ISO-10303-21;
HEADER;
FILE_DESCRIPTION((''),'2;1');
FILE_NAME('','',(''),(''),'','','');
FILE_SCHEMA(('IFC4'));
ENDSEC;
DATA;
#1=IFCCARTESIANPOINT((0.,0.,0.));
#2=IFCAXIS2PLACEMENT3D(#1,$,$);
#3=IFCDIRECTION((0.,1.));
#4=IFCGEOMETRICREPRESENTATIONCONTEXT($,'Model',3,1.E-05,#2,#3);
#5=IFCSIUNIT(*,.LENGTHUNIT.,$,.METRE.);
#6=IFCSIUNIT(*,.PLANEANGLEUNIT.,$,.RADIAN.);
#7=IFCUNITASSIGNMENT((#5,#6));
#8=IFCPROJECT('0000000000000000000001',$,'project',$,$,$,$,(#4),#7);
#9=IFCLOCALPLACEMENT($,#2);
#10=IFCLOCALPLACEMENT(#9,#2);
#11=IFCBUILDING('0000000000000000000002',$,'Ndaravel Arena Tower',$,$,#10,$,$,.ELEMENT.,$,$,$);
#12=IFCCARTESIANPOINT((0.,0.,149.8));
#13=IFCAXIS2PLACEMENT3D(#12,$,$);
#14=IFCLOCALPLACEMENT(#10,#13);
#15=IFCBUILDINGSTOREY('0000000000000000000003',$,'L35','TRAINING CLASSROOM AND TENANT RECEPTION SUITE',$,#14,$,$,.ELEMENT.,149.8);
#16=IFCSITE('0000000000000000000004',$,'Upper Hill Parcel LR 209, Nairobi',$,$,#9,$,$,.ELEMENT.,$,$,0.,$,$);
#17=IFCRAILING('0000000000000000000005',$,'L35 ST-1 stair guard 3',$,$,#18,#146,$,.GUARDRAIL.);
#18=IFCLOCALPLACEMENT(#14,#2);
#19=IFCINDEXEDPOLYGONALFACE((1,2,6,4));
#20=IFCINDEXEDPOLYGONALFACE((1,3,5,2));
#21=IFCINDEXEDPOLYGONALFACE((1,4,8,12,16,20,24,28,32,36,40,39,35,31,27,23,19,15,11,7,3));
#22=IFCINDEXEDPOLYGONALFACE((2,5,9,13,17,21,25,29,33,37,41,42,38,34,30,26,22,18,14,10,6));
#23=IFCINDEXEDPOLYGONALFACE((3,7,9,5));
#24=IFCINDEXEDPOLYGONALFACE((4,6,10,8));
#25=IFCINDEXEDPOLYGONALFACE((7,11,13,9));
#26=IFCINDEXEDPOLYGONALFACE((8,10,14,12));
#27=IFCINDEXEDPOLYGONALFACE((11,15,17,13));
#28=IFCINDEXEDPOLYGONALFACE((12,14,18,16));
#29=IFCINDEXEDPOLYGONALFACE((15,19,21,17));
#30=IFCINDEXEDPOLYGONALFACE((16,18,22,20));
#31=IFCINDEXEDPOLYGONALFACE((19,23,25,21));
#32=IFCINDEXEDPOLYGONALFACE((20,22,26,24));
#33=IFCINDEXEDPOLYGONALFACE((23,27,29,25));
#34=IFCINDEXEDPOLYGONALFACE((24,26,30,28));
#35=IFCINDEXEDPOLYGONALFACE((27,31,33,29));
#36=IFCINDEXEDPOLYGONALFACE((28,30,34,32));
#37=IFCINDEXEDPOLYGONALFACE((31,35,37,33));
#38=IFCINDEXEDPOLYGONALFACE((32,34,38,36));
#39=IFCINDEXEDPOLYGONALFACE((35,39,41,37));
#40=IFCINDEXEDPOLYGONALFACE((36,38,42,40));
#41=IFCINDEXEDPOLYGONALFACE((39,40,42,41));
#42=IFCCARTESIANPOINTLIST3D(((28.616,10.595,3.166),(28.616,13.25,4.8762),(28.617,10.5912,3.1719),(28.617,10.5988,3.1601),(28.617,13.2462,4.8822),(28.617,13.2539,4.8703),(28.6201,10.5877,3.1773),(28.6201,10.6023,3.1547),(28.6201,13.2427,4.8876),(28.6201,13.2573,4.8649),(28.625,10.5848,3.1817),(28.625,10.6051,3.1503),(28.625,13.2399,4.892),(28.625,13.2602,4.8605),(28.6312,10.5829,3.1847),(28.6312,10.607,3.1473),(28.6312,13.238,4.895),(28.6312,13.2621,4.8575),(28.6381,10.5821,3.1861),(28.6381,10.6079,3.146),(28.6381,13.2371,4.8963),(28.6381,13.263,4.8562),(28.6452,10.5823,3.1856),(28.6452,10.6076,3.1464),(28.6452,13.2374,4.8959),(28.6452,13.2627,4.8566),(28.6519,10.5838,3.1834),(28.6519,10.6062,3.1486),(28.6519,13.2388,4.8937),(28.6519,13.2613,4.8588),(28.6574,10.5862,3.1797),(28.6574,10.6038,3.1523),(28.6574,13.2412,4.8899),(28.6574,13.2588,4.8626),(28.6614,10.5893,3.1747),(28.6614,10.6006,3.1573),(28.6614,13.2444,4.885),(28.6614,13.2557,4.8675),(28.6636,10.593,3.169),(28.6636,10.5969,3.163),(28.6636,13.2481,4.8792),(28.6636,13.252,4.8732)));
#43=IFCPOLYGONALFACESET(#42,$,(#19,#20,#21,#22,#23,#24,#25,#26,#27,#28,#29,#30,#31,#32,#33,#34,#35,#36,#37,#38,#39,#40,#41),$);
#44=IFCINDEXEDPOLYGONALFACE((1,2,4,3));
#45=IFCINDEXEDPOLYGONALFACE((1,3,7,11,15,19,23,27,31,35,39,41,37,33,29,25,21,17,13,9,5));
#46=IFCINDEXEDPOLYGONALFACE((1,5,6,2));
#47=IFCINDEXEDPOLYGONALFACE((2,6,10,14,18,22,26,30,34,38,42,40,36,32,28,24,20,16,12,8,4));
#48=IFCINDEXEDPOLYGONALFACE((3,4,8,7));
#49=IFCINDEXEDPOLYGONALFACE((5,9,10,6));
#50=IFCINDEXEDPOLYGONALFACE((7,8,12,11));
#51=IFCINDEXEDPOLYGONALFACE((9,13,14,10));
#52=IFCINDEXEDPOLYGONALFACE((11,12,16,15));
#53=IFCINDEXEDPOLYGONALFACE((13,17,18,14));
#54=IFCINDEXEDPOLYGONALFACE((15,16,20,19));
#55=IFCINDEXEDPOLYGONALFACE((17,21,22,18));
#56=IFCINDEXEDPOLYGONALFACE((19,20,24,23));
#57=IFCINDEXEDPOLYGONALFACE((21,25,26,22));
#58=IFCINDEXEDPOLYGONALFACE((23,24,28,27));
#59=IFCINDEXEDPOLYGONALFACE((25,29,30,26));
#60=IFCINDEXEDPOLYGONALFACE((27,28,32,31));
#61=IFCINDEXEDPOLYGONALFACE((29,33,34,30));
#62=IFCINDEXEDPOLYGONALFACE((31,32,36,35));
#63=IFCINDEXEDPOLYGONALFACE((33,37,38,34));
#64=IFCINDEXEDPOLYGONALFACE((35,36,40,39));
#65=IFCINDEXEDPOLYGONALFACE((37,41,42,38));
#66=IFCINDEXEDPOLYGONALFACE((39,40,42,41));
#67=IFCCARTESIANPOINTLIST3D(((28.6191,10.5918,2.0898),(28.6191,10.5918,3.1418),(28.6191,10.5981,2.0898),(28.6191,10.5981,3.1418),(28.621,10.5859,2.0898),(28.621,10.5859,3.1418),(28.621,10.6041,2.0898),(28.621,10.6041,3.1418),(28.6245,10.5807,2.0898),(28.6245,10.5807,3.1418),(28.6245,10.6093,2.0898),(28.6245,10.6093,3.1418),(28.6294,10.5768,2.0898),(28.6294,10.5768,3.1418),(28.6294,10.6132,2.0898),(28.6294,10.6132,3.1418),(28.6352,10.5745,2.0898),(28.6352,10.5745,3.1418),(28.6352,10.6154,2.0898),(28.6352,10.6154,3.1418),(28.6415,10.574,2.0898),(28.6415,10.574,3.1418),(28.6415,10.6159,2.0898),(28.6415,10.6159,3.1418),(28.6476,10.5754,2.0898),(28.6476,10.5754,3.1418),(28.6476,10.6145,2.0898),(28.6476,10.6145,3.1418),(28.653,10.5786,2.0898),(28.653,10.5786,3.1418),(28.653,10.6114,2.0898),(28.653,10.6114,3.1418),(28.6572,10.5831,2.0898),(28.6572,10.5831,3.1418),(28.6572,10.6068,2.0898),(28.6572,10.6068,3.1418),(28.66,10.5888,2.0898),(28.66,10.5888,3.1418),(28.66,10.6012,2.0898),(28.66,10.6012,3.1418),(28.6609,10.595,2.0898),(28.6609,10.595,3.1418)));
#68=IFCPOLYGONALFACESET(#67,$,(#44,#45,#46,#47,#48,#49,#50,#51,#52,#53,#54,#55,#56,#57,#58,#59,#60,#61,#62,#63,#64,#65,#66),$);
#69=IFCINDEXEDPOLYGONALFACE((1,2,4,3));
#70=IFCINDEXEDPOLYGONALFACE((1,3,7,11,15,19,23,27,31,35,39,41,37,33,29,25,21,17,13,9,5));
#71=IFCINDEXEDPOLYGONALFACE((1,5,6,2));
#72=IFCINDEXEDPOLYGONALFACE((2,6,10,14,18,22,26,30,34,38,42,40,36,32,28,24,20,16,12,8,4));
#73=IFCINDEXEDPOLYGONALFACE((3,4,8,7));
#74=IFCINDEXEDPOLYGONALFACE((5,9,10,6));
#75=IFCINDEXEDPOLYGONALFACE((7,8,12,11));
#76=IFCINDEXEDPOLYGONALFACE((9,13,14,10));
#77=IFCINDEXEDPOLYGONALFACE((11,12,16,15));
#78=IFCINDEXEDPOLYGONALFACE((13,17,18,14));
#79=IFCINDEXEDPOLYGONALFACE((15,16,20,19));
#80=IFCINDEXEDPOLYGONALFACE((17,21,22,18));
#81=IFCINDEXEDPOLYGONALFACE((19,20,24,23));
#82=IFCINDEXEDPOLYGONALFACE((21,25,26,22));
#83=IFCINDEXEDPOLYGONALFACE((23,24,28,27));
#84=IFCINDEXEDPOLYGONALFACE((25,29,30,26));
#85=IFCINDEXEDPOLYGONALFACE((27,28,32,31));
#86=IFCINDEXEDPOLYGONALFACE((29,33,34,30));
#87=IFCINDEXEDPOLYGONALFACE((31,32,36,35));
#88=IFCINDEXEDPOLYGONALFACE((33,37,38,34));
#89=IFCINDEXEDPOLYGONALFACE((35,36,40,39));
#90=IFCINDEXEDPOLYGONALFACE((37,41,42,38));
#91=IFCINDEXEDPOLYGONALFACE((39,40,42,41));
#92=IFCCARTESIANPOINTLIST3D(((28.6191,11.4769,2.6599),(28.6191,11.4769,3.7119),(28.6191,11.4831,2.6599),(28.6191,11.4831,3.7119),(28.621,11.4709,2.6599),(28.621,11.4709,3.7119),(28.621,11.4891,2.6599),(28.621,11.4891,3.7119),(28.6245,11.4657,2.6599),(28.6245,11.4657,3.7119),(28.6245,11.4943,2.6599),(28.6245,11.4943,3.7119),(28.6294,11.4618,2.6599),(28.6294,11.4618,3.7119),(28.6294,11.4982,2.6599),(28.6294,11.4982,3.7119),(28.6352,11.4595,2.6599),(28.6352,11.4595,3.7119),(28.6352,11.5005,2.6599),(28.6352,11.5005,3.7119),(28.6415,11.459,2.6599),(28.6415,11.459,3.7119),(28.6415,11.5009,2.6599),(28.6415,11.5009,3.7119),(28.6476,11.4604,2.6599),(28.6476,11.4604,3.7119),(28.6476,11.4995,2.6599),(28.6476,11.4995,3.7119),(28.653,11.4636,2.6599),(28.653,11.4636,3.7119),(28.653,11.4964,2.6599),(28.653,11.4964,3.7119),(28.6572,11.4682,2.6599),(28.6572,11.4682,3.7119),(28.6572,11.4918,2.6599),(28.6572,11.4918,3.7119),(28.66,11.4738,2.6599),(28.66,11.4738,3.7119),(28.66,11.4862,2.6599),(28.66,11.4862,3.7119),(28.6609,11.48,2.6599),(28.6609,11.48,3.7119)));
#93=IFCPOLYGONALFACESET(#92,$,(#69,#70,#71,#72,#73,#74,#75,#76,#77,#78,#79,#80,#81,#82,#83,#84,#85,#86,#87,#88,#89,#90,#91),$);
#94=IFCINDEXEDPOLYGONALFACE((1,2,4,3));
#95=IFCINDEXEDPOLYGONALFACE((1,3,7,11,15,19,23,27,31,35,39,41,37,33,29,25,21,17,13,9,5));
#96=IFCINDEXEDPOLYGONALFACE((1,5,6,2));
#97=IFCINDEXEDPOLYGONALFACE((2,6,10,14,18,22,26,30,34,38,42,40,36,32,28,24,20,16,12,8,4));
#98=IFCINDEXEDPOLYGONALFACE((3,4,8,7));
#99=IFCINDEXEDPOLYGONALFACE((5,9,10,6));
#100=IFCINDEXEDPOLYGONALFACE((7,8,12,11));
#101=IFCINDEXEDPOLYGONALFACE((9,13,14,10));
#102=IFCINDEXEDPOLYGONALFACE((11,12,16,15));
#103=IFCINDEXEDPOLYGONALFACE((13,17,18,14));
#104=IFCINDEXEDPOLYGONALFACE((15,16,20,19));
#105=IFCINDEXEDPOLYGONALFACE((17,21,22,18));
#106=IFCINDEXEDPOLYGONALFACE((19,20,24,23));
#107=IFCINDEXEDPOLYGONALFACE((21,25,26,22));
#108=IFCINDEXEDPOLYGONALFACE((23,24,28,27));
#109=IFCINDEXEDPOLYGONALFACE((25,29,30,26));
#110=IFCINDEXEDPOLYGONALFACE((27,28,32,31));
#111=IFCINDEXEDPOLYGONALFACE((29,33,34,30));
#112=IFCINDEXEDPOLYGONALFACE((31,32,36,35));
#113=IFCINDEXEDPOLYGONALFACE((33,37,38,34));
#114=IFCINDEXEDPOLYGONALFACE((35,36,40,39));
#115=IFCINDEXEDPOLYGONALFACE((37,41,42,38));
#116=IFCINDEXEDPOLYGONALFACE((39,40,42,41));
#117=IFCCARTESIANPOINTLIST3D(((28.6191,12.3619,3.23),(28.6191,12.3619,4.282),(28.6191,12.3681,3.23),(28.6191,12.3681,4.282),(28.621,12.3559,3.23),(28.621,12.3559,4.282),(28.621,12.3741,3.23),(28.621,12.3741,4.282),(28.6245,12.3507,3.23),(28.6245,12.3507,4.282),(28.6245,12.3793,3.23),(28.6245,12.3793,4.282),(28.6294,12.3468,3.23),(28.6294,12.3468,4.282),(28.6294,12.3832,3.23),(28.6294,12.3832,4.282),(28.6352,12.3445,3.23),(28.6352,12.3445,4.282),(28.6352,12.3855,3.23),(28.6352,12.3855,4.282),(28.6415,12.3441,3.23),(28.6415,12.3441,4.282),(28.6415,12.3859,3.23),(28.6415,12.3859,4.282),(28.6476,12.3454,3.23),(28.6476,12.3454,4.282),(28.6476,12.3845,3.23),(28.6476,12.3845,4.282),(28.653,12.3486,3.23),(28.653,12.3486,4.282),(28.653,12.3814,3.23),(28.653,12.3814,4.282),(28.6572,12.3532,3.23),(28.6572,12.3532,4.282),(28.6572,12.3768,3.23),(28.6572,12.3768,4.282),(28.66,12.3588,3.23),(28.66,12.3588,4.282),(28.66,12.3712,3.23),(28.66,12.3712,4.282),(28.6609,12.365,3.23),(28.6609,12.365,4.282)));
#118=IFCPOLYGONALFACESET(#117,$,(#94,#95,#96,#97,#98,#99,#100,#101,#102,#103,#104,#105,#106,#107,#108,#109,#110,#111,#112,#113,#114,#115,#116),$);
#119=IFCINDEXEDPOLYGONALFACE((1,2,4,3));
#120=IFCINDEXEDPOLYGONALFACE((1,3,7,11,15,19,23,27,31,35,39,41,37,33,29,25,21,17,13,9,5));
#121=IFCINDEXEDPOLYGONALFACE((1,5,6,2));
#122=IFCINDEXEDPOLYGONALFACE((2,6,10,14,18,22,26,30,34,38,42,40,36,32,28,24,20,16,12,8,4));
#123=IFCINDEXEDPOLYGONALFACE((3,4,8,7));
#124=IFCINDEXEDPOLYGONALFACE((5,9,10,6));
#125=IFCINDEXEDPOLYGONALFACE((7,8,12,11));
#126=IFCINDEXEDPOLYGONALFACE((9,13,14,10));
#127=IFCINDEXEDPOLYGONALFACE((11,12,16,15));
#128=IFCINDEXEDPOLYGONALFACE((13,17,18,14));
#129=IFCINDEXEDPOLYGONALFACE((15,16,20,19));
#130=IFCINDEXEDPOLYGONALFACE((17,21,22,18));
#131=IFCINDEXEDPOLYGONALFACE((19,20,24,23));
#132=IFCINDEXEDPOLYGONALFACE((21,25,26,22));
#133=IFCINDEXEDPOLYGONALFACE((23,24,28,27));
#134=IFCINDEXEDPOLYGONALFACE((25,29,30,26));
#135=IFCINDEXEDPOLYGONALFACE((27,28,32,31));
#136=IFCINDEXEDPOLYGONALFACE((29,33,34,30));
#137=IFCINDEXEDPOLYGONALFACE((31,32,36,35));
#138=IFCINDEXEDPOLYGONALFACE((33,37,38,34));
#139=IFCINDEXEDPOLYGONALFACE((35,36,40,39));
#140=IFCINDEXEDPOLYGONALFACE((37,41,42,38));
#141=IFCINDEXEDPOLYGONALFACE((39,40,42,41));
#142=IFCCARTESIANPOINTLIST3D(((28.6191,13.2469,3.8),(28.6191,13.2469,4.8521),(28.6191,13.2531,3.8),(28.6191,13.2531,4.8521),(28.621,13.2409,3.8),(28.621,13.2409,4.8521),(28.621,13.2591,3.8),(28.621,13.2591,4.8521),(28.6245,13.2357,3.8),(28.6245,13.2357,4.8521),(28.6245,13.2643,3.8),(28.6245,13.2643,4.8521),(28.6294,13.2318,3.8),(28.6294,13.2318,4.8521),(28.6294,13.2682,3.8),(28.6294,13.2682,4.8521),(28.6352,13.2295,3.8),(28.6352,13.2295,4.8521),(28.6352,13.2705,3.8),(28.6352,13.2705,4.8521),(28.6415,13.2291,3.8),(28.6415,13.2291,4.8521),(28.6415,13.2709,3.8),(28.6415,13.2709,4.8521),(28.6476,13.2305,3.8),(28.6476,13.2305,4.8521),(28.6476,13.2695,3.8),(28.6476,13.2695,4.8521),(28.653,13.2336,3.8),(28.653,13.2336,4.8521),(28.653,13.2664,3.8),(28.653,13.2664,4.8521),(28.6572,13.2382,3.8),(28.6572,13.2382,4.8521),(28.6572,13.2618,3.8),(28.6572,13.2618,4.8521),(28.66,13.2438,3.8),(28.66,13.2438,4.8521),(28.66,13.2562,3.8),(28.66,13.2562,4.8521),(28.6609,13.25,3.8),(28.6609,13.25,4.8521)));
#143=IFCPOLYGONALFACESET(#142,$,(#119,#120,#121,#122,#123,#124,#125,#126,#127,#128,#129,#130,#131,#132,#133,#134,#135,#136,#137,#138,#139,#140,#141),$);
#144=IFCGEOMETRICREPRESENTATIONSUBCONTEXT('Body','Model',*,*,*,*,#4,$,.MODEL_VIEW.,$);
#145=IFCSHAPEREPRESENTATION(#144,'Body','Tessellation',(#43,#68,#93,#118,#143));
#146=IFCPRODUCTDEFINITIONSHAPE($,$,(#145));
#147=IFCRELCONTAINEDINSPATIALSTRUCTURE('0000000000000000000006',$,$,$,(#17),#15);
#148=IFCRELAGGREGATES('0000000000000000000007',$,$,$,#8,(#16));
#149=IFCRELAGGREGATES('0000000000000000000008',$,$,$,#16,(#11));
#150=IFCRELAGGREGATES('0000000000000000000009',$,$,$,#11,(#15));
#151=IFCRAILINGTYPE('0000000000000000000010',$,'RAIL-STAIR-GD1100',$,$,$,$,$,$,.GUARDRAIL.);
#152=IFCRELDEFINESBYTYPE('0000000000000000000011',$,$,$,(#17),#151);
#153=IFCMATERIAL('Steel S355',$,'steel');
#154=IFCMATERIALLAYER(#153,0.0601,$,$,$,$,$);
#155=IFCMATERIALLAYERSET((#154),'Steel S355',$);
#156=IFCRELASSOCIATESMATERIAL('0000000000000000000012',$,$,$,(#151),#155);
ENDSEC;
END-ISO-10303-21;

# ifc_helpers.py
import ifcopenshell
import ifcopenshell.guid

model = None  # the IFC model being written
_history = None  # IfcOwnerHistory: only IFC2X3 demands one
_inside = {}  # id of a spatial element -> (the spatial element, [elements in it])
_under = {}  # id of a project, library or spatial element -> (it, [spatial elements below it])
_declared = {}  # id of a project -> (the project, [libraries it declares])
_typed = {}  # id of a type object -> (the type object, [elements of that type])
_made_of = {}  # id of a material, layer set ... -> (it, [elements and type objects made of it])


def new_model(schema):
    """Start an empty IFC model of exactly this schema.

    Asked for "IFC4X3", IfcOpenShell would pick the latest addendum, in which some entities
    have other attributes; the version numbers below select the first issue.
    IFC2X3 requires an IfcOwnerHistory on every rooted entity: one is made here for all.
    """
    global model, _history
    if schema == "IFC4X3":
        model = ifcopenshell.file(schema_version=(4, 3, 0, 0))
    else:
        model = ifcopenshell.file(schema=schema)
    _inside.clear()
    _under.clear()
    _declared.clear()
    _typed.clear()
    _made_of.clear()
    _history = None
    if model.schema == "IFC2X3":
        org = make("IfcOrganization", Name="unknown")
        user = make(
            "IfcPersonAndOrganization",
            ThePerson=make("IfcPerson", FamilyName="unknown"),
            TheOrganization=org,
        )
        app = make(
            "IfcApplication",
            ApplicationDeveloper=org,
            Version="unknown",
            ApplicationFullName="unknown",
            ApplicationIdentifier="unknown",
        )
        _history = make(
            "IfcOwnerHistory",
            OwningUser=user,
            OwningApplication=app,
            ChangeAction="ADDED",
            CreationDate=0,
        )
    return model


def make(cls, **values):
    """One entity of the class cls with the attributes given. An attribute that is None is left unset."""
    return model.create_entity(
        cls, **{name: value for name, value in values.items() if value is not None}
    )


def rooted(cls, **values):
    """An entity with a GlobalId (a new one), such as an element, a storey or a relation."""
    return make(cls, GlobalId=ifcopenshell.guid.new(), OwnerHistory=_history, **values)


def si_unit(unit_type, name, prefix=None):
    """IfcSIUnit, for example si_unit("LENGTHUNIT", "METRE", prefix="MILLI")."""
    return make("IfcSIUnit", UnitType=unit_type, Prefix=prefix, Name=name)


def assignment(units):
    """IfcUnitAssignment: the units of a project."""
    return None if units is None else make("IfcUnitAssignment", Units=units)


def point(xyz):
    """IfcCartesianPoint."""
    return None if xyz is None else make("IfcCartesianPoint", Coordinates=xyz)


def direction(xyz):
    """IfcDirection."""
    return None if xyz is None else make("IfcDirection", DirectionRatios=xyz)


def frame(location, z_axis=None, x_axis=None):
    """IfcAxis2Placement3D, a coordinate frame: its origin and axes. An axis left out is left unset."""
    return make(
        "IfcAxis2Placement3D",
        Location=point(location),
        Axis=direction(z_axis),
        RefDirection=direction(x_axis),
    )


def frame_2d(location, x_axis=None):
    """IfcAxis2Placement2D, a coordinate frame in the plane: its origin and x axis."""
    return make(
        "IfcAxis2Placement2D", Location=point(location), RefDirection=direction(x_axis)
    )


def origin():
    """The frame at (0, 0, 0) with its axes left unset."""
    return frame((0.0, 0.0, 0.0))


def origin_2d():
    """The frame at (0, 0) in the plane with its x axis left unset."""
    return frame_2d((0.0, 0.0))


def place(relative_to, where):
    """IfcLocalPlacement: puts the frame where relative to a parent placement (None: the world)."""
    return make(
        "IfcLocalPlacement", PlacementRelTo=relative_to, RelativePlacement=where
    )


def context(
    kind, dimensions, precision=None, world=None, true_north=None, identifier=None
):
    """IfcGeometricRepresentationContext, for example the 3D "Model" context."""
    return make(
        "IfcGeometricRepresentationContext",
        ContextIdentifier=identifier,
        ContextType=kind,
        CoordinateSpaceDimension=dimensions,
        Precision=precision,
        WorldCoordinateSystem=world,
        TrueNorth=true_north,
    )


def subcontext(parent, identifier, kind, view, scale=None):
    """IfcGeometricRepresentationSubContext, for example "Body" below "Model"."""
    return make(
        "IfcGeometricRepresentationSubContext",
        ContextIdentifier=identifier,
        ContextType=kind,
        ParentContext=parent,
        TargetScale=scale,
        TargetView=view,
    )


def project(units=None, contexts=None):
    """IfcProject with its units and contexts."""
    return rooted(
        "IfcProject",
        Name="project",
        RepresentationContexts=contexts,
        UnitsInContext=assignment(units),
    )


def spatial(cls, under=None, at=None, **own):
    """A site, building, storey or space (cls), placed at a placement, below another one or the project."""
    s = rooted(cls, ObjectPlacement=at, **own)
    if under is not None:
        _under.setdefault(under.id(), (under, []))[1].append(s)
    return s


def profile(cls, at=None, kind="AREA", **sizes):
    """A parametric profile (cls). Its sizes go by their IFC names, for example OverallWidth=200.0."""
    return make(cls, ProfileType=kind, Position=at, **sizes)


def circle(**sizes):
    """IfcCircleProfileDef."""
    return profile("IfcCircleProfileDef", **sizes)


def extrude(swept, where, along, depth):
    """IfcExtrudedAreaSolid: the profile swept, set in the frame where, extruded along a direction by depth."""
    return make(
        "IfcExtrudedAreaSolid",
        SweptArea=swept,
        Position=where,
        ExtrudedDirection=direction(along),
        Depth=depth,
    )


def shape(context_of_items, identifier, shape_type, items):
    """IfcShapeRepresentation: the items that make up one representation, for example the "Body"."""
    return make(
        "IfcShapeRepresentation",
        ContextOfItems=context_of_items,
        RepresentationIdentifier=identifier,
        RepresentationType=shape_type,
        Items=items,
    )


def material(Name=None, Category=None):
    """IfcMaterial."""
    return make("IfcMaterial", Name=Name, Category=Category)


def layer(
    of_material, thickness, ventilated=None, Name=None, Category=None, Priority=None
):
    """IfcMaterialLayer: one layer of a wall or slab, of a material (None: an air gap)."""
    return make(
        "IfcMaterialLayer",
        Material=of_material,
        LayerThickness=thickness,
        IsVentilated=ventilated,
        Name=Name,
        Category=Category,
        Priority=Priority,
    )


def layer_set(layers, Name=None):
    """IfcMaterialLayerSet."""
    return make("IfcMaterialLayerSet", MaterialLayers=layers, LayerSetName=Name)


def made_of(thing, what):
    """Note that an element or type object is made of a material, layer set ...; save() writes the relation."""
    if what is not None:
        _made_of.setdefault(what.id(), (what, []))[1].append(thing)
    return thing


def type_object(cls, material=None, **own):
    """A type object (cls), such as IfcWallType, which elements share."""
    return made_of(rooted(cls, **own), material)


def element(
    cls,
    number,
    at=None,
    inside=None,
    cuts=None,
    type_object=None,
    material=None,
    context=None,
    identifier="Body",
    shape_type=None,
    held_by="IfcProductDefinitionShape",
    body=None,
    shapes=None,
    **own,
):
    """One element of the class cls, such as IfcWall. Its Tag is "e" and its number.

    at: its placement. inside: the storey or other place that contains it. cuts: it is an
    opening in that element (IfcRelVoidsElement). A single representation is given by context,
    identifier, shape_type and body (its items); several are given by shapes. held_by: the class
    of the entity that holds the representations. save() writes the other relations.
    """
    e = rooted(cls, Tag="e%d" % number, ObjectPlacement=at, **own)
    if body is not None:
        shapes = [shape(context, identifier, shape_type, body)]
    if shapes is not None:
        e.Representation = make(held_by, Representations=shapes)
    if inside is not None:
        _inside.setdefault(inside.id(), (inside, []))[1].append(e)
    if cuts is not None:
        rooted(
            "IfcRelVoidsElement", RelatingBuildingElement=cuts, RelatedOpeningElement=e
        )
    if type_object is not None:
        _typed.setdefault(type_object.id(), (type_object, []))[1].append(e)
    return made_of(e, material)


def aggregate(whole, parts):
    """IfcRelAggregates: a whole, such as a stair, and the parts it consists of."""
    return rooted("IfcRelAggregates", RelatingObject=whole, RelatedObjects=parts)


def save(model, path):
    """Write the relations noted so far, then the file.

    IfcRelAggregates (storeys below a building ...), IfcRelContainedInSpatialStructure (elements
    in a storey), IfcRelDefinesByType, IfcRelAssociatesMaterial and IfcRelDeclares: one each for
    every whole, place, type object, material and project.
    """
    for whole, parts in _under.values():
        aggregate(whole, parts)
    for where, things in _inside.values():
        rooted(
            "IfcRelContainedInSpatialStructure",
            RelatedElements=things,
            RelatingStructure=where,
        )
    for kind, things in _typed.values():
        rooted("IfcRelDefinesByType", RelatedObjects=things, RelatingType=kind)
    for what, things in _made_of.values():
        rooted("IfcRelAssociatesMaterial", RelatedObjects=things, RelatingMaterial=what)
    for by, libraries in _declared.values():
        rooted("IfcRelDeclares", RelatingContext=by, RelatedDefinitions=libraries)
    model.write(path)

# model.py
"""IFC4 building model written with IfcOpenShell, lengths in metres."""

from ifc_helpers import new_model, si_unit, direction, frame, origin, origin_2d, place, context, subcontext, project, spatial, circle, extrude, material, layer, layer_set, type_object, element, save


model = new_model("IFC4")

# Units and contexts
model_context = context("Model", 3, precision=1e-05, world=origin(), true_north=direction((0.0, 1.0)))
body_context = subcontext(model_context, "Body", "Model", "MODEL_VIEW")
ifc_project = project(units=[si_unit("LENGTHUNIT", "METRE"), si_unit("PLANEANGLEUNIT", "RADIAN")], contexts=[model_context])

# Site, building, storey
site_placement = place(None, origin())
site = spatial("IfcSite", under=ifc_project, at=site_placement, Name="Upper Hill Parcel LR 209, Nairobi", CompositionType="ELEMENT", RefElevation=0.0)
building_placement = place(site_placement, origin())
building = spatial("IfcBuilding", under=site, at=building_placement, Name="Ndaravel Arena Tower", CompositionType="ELEMENT")
storey_placement = place(building_placement, frame((0.0, 0.0, 149.8)))
storey = spatial("IfcBuildingStorey", under=building, at=storey_placement, Name="L35", Description="TRAINING CLASSROOM AND TENANT RECEPTION SUITE", CompositionType="ELEMENT", Elevation=149.8)

# Railing
ifc_material_1 = material(Name="Steel S355", Category="steel")
ifc_layer_1 = layer(ifc_material_1, 0.0601)
ifc_layer_set_1 = layer_set([ifc_layer_1], Name="Steel S355")
railing_type_1 = type_object("IfcRailingType", Name="RAIL-STAIR-GD1100", PredefinedType="GUARDRAIL", material=ifc_layer_set_1)
railing_1_placement = place(storey_placement, frame((28.6399, 10.595, 2.0898)))
element("IfcRailing", 1, at=railing_1_placement, inside=storey, type_object=railing_type_1, Name="L35 ST-1 stair guard 3", PredefinedType="GUARDRAIL", context=body_context, shape_type="SweptSolid", body=[
    extrude(circle(Radius=0.0239, at=origin_2d()), frame((0.0, 0.0, 1.0762), z_axis=(0.0, 0.840688, 0.541519), x_axis=(-1.0, 0.0, 0.0)), (0.0, 0.0, 1.0), 3.1582),
    extrude(circle(Radius=0.021, at=origin_2d()), origin(), (0.0, 0.0, 1.0), 1.052),
    extrude(circle(Radius=0.021, at=origin_2d()), frame((0.0, 0.885, 0.5701)), (0.0, 0.0, 1.0), 1.052),
    extrude(circle(Radius=0.021, at=origin_2d()), frame((0.0, 1.77, 1.1401)), (0.0, 0.0, 1.0), 1.052),
    extrude(circle(Radius=0.021, at=origin_2d()), frame((0.0, 2.655, 1.7102)), (0.0, 0.0, 1.0), 1.052),
])

save(model, "model.ifc")
